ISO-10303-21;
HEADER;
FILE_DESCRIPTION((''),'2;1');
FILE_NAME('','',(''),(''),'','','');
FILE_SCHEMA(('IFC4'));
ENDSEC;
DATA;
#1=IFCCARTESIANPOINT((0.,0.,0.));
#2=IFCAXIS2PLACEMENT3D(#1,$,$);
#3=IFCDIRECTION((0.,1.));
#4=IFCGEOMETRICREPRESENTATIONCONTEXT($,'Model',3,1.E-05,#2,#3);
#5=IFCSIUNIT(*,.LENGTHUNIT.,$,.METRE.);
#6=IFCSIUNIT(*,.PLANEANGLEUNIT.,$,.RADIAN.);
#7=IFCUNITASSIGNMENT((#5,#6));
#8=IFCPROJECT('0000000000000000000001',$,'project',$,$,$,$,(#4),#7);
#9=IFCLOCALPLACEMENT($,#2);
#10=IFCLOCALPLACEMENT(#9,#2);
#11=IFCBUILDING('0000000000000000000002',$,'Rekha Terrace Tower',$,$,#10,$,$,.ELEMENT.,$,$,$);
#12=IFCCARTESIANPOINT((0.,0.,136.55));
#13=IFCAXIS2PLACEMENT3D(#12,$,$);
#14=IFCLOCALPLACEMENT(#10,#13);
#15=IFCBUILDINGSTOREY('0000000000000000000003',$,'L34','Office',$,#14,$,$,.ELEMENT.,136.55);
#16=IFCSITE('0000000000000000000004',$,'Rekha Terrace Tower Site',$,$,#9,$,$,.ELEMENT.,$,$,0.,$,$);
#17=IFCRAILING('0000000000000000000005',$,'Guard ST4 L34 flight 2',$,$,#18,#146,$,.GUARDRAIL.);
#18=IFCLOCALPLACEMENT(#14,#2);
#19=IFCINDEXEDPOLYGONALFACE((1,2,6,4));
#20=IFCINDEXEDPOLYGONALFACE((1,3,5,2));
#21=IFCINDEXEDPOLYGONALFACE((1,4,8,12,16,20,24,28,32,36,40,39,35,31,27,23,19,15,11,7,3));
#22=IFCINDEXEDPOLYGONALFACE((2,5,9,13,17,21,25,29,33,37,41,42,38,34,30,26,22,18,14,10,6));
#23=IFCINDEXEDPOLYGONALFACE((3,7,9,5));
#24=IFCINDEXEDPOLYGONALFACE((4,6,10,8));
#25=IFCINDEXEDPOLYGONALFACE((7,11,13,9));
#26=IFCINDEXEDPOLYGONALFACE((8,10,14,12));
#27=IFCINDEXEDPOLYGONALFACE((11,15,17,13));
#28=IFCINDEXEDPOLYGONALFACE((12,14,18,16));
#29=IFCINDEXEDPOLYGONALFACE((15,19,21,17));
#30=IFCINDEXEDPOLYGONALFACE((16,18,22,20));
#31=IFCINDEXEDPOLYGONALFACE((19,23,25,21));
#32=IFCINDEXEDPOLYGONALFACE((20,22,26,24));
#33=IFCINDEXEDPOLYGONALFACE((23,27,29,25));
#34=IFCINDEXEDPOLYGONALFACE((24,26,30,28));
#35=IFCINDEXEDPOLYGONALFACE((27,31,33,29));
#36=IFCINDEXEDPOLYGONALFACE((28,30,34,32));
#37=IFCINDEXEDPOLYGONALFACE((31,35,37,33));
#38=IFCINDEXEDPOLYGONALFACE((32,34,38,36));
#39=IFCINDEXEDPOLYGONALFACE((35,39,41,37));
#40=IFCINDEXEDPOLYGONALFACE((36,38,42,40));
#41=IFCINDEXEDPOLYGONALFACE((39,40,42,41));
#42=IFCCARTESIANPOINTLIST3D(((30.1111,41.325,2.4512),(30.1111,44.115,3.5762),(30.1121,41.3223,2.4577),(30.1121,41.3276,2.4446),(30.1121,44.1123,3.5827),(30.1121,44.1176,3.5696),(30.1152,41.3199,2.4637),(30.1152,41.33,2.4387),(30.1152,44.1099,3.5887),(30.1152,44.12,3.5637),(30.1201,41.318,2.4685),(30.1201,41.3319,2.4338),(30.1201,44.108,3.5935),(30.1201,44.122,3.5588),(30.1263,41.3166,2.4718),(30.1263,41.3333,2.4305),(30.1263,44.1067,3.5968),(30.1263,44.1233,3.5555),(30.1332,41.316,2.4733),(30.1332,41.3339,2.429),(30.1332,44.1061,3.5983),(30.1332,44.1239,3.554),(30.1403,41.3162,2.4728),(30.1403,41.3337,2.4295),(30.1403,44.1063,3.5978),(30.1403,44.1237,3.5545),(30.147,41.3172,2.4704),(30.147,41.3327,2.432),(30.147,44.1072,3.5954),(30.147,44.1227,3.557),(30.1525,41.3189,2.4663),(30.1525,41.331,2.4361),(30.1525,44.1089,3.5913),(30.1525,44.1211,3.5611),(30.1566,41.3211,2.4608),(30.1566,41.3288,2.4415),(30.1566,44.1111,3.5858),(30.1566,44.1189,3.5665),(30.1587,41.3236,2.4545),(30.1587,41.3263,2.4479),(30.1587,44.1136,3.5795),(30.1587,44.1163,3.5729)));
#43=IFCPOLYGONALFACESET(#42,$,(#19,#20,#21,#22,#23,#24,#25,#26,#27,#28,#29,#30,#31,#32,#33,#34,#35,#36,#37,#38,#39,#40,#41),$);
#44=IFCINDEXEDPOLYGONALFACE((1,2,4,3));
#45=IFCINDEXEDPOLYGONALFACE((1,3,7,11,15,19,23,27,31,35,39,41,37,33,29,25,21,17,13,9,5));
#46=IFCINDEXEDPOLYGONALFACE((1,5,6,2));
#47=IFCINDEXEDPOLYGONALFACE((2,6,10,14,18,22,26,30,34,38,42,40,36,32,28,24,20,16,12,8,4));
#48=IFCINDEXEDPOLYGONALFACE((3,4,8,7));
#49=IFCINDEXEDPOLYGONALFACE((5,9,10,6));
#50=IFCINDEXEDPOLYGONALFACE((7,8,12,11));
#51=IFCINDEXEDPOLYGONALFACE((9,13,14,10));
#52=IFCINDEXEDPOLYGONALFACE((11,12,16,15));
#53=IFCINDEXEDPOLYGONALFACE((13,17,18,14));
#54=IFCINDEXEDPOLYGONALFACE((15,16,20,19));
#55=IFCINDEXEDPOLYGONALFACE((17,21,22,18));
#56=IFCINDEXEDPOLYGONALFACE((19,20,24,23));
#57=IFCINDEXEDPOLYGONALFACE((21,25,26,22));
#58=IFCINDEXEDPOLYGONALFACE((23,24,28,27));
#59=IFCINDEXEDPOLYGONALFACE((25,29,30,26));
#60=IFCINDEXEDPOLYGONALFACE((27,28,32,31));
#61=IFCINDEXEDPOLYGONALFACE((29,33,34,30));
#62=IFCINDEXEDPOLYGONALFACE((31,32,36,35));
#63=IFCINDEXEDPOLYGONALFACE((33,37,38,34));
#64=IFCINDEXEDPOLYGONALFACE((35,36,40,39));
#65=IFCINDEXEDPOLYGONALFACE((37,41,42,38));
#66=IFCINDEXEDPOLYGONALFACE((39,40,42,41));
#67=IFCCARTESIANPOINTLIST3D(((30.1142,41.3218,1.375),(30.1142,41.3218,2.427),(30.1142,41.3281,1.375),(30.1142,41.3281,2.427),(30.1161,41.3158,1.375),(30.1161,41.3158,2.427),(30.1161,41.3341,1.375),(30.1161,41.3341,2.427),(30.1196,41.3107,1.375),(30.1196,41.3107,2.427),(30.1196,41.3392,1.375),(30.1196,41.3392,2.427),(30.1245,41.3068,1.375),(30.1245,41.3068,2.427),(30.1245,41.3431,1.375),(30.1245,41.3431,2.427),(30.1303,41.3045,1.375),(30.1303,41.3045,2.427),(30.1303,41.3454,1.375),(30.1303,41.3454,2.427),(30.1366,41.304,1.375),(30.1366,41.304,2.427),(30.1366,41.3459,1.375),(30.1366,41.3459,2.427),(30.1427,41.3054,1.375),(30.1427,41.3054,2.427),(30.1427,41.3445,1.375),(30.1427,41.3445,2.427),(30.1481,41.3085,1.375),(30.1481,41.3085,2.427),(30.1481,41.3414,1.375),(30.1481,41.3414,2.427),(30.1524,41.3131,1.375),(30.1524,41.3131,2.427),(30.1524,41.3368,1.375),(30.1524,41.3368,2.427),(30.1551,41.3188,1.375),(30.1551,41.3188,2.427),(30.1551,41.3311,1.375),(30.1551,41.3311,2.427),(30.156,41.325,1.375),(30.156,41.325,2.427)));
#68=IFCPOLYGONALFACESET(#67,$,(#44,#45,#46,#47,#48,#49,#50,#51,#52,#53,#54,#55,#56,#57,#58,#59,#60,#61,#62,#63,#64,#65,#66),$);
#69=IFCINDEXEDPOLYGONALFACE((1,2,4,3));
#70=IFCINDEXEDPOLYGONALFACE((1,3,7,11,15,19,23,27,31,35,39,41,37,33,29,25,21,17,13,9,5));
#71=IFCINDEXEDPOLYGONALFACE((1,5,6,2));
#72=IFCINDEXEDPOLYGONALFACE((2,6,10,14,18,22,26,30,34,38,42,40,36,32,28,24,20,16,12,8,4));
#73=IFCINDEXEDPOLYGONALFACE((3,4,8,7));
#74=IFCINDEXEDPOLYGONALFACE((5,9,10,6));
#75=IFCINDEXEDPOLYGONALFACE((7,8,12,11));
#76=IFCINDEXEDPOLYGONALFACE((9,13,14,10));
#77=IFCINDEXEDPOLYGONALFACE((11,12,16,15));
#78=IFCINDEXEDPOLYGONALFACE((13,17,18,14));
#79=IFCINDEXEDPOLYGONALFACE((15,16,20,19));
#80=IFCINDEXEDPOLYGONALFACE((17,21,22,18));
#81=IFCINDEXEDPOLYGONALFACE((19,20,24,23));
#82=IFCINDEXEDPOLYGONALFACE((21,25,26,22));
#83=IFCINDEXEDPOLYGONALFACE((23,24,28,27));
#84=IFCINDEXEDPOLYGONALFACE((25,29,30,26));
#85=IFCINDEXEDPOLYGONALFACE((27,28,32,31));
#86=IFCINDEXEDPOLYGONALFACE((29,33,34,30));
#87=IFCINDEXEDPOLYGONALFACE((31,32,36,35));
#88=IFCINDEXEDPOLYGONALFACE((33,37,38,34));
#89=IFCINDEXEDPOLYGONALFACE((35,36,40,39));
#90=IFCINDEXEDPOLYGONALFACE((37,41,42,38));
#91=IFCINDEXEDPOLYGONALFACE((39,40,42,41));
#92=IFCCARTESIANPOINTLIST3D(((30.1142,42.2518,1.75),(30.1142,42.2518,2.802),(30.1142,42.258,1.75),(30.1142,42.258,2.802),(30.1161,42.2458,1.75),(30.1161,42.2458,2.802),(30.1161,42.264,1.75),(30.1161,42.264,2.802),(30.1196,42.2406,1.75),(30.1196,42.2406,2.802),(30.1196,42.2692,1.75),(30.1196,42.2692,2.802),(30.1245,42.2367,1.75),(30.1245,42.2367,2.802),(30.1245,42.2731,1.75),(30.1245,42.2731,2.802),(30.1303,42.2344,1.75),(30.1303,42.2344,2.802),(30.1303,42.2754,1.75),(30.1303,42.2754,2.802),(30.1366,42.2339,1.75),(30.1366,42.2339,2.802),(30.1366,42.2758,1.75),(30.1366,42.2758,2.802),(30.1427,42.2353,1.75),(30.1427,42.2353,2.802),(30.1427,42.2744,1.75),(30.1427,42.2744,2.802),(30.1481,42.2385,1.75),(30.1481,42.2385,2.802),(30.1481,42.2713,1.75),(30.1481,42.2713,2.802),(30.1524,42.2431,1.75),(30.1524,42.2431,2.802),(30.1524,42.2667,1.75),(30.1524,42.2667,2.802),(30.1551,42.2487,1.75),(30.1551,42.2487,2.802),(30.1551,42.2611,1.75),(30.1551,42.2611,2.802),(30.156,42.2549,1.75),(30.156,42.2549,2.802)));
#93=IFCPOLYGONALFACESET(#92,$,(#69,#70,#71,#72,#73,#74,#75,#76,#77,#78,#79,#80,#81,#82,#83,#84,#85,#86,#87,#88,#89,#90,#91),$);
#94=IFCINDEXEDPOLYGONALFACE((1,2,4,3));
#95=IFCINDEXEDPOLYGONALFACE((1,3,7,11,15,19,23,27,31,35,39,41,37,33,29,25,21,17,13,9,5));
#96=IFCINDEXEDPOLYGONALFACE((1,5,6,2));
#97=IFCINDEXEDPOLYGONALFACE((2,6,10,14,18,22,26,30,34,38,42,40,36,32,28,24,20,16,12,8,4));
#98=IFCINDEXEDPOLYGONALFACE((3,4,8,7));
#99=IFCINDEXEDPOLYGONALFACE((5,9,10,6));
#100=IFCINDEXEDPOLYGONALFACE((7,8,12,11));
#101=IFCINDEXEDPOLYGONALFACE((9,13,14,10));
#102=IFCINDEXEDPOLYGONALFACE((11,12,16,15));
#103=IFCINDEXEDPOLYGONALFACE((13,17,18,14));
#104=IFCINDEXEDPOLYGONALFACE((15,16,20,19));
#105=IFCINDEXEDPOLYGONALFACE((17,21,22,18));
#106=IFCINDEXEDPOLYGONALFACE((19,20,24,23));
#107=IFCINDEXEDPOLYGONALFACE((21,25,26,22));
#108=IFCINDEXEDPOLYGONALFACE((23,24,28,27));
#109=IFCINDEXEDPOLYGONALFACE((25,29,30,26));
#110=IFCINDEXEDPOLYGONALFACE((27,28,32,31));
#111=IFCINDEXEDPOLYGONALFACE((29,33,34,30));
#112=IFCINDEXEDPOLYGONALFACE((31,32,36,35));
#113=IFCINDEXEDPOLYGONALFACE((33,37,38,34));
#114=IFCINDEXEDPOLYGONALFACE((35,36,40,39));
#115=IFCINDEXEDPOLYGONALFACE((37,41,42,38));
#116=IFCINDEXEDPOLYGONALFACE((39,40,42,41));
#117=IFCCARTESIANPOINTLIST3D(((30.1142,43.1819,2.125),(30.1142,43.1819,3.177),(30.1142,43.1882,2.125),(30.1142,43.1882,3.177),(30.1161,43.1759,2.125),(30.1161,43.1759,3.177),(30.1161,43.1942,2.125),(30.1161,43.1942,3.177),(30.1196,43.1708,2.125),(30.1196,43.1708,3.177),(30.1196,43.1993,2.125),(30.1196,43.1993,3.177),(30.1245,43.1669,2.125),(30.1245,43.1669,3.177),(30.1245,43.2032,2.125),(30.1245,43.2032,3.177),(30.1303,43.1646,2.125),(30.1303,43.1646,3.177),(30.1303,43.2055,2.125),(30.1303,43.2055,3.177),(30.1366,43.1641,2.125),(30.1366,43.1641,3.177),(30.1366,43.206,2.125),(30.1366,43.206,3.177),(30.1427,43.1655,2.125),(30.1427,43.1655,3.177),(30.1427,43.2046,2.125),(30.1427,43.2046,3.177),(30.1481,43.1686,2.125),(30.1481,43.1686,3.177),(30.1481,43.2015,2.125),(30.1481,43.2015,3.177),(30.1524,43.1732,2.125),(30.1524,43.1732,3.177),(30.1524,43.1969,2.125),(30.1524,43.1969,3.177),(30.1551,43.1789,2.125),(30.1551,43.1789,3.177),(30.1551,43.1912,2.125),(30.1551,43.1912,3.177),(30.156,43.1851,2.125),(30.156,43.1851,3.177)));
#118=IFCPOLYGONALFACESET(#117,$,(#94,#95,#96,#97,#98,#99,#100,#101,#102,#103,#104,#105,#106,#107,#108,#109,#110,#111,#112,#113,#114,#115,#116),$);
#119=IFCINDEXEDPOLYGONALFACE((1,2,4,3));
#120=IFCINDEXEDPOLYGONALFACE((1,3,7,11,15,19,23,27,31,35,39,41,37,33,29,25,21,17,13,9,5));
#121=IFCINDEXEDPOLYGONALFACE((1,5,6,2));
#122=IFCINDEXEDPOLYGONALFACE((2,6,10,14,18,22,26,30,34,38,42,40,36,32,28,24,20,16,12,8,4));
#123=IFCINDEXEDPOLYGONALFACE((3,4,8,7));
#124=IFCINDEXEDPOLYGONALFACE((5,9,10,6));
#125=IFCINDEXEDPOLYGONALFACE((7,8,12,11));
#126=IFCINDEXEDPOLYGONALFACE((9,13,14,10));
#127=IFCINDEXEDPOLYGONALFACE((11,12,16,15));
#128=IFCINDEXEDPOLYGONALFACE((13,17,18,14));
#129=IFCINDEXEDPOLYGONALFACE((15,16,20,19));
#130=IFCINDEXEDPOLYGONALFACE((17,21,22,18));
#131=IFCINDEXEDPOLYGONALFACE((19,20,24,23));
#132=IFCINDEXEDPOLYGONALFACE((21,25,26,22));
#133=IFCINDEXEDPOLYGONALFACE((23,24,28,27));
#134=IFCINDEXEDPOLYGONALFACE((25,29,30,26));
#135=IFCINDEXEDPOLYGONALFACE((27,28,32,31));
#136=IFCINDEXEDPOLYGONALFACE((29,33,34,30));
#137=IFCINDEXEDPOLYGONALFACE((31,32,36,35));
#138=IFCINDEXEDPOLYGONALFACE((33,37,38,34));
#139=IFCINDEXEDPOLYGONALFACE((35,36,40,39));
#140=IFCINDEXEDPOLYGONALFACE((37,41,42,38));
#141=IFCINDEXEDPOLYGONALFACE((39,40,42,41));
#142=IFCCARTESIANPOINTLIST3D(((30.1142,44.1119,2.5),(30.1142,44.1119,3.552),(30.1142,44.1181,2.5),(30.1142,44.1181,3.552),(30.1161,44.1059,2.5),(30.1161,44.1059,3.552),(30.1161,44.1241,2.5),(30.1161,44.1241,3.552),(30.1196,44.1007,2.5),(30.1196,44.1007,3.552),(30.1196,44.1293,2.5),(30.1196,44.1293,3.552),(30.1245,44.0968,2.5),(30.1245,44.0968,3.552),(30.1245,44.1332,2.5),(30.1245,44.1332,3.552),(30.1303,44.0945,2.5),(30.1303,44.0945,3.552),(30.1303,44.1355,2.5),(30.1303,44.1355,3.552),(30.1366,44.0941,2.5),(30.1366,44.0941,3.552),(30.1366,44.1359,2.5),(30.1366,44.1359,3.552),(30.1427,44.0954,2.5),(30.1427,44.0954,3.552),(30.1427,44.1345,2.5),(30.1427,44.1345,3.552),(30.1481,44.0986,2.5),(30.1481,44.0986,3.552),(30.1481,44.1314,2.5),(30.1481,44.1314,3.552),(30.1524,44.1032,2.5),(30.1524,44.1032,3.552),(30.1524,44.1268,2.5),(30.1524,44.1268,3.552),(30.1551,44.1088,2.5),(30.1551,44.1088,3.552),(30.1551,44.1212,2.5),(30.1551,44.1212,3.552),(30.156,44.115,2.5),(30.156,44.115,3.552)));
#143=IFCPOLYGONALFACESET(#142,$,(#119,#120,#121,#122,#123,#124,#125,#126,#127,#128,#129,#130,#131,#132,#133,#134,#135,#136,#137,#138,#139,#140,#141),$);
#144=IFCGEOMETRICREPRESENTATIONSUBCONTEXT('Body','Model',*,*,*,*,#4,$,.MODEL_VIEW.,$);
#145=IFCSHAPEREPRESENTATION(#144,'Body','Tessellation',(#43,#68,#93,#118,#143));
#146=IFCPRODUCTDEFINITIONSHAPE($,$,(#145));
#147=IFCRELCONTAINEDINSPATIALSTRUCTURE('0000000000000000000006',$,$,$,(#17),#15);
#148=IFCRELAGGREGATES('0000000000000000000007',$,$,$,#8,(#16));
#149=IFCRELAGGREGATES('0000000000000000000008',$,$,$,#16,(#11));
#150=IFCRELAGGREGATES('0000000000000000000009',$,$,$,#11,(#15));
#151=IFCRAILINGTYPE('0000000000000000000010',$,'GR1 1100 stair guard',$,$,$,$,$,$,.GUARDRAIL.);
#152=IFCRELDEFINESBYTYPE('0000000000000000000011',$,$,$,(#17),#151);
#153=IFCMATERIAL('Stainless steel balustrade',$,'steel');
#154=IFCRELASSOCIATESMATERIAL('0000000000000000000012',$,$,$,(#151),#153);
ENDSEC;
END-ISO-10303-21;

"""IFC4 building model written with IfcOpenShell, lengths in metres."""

from ifc_helpers import new_model, si_unit, direction, frame, origin, origin_2d, place, context, subcontext, project, spatial, circle, extrude, material, type_object, element, save


model = new_model("IFC4")

# Units and contexts
model_context = context("Model", 3, precision=1e-05, world=origin(), true_north=direction((0.0, 1.0)))
body_context = subcontext(model_context, "Body", "Model", "MODEL_VIEW")
ifc_project = project(units=[si_unit("LENGTHUNIT", "METRE"), si_unit("PLANEANGLEUNIT", "RADIAN")], contexts=[model_context])

# Site, building, storey
site_placement = place(None, origin())
site = spatial("IfcSite", under=ifc_project, at=site_placement, Name="Rekha Terrace Tower Site", CompositionType="ELEMENT", RefElevation=0.0)
building_placement = place(site_placement, origin())
building = spatial("IfcBuilding", under=site, at=building_placement, Name="Rekha Terrace Tower", CompositionType="ELEMENT")
storey_placement = place(building_placement, frame((0.0, 0.0, 136.55)))
storey = spatial("IfcBuildingStorey", under=building, at=storey_placement, Name="L34", Description="Office", CompositionType="ELEMENT", Elevation=136.55)

# Railing
ifc_material_1 = material(Name="Stainless steel balustrade", Category="steel")
railing_type_1 = type_object("IfcRailingType", Name="GR1 1100 stair guard", PredefinedType="GUARDRAIL", material=ifc_material_1)
railing_1_placement = place(storey_placement, frame((30.135, 41.325, 1.375)))
element("IfcRailing", 1, at=railing_1_placement, inside=storey, type_object=railing_type_1, Name="Guard ST4 L34 flight 2", PredefinedType="GUARDRAIL", context=body_context, shape_type="SweptSolid", body=[
    extrude(circle(Radius=0.0239, at=origin_2d()), frame((0.0, 0.0, 1.0762), z_axis=(0.0, 0.927443, 0.373964), x_axis=(-1.0, 0.0, 0.0)), (0.0, 0.0, 1.0), 3.0083),
    extrude(circle(Radius=0.021, at=origin_2d()), origin(), (0.0, 0.0, 1.0), 1.052),
    extrude(circle(Radius=0.021, at=origin_2d()), frame((0.0, 0.9299, 0.375)), (0.0, 0.0, 1.0), 1.052),
    extrude(circle(Radius=0.021, at=origin_2d()), frame((0.0, 1.8601, 0.75)), (0.0, 0.0, 1.0), 1.052),
    extrude(circle(Radius=0.021, at=origin_2d()), frame((0.0, 2.79, 1.125)), (0.0, 0.0, 1.0), 1.052),
])

save(model, "model.ifc")
